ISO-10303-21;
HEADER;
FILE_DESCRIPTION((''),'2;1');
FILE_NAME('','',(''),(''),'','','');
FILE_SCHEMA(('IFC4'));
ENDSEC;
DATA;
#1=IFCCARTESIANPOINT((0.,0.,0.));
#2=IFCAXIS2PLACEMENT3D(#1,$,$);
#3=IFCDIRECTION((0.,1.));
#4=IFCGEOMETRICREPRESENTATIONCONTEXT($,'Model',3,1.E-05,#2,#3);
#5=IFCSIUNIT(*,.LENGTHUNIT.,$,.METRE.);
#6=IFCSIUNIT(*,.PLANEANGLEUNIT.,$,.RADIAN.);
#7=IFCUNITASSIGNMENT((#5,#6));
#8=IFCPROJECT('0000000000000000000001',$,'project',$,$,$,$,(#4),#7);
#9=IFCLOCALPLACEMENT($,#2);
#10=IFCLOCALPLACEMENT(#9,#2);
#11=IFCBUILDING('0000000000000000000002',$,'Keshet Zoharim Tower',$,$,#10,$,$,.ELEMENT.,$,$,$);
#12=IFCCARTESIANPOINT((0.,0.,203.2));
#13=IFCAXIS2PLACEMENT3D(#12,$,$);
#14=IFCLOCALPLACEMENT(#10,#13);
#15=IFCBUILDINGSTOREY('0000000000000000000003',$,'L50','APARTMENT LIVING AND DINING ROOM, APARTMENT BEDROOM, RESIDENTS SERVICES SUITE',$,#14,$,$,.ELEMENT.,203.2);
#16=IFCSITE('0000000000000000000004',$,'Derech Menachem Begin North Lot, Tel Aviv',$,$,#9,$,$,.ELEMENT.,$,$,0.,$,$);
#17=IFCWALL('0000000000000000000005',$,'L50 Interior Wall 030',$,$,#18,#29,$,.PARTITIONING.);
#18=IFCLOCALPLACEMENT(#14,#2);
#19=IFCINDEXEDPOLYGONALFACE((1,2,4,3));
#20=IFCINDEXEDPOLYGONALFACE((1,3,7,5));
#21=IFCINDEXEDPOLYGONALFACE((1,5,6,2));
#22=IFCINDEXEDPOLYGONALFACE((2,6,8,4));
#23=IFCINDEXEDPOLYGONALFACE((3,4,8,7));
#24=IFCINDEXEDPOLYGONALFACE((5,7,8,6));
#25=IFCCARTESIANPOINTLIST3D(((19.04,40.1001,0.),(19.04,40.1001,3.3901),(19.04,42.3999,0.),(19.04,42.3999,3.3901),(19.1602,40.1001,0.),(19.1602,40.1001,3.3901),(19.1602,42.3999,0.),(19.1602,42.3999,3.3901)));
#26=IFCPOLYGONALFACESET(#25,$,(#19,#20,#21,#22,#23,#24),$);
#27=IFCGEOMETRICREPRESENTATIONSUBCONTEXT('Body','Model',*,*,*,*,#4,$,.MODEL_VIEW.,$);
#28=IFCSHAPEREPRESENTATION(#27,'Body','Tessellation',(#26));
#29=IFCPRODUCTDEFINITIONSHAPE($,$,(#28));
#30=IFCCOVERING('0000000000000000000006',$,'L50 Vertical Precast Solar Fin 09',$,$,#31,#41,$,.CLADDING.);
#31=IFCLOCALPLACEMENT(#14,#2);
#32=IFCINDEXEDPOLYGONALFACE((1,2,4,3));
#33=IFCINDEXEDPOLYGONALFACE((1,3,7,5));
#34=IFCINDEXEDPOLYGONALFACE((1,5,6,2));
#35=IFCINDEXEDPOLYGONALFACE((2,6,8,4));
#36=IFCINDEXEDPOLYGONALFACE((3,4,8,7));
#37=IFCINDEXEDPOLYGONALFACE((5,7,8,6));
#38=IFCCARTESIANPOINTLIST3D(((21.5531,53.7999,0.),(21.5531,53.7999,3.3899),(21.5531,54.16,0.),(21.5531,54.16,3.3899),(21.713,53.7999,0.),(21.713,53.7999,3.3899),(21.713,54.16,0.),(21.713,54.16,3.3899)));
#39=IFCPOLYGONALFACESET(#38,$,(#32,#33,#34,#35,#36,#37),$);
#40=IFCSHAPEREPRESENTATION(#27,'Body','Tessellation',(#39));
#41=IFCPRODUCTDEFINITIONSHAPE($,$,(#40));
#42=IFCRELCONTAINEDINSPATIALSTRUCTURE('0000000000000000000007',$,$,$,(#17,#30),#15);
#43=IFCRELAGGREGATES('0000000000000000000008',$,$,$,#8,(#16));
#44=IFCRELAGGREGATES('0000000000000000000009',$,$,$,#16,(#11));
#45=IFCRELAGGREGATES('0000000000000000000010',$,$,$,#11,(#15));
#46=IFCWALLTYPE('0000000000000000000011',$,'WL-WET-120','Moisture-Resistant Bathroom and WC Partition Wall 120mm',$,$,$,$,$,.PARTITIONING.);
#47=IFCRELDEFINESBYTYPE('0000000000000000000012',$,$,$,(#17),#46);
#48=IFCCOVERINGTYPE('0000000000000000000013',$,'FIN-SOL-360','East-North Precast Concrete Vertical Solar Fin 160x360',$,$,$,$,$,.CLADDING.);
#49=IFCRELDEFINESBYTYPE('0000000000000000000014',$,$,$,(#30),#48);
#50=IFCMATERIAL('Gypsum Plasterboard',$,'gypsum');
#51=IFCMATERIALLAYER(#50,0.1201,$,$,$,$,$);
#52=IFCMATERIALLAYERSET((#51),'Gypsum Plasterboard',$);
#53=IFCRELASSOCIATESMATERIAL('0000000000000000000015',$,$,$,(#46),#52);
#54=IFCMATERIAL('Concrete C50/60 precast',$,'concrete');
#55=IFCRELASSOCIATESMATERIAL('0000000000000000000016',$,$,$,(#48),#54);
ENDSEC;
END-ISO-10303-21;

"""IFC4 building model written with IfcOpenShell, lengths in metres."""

from ifc_helpers import new_model, si_unit, direction, frame, frame_2d, origin, origin_2d, place, context, subcontext, project, spatial, rectangle, extrude, material, layer, layer_set, type_object, element, save


model = new_model("IFC4")

# Units and contexts
model_context = context("Model", 3, precision=1e-05, world=origin(), true_north=direction((0.0, 1.0)))
body_context = subcontext(model_context, "Body", "Model", "MODEL_VIEW")
ifc_project = project(units=[si_unit("LENGTHUNIT", "METRE"), si_unit("PLANEANGLEUNIT", "RADIAN")], contexts=[model_context])

# Site, building, storey
site_placement = place(None, origin())
site = spatial("IfcSite", under=ifc_project, at=site_placement, Name="Derech Menachem Begin North Lot, Tel Aviv", CompositionType="ELEMENT", RefElevation=0.0)
building_placement = place(site_placement, origin())
building = spatial("IfcBuilding", under=site, at=building_placement, Name="Keshet Zoharim Tower", CompositionType="ELEMENT")
storey_placement = place(building_placement, frame((0.0, 0.0, 203.2)))
storey = spatial("IfcBuildingStorey", under=building, at=storey_placement, Name="L50", Description="APARTMENT LIVING AND DINING ROOM, APARTMENT BEDROOM, RESIDENTS SERVICES SUITE", CompositionType="ELEMENT", Elevation=203.2)

# Shared definitions
ifc_material_1 = material(Name="Gypsum Plasterboard", Category="gypsum")

# Wall
ifc_layer_1 = layer(ifc_material_1, 0.1201)
ifc_layer_set_1 = layer_set([ifc_layer_1], Name="Gypsum Plasterboard")
wall_type_1 = type_object("IfcWallType", Name="WL-WET-120", Description="Moisture-Resistant Bathroom and WC Partition Wall 120mm", PredefinedType="PARTITIONING", material=ifc_layer_set_1)
wall_1_placement = place(storey_placement, frame((19.1001, 40.1001, 0.0), z_axis=(0.0, 0.0, 1.0), x_axis=(0.0, 1.0, 0.0)))
element("IfcWall", 1, at=wall_1_placement, inside=storey, type_object=wall_type_1, Name="L50 Interior Wall 030", PredefinedType="PARTITIONING", context=body_context, shape_type="SweptSolid", body=[
    extrude(rectangle(XDim=2.2998, YDim=0.1201, at=frame_2d((1.1499, 0.0))), origin(), (0.0, 0.0, 1.0), 3.3901),
])

# Covering
ifc_material_2 = material(Name="Concrete C50/60 precast", Category="concrete")
covering_type = type_object("IfcCoveringType", Name="FIN-SOL-360", Description="East-North Precast Concrete Vertical Solar Fin 160x360", PredefinedType="CLADDING", material=ifc_material_2)
covering_placement = place(storey_placement, frame((21.6331, 53.98, 0.0), z_axis=(0.0, 0.0, 1.0), x_axis=(1.0, 0.0, 0.0)))
element("IfcCovering", 2, at=covering_placement, inside=storey, type_object=covering_type, Name="L50 Vertical Precast Solar Fin 09", PredefinedType="CLADDING", context=body_context, shape_type="SweptSolid", body=[
    extrude(rectangle(XDim=0.1599, YDim=0.3601, at=origin_2d()), origin(), (0.0, 0.0, 1.0), 3.3899),
])

save(model, "model.ifc")
